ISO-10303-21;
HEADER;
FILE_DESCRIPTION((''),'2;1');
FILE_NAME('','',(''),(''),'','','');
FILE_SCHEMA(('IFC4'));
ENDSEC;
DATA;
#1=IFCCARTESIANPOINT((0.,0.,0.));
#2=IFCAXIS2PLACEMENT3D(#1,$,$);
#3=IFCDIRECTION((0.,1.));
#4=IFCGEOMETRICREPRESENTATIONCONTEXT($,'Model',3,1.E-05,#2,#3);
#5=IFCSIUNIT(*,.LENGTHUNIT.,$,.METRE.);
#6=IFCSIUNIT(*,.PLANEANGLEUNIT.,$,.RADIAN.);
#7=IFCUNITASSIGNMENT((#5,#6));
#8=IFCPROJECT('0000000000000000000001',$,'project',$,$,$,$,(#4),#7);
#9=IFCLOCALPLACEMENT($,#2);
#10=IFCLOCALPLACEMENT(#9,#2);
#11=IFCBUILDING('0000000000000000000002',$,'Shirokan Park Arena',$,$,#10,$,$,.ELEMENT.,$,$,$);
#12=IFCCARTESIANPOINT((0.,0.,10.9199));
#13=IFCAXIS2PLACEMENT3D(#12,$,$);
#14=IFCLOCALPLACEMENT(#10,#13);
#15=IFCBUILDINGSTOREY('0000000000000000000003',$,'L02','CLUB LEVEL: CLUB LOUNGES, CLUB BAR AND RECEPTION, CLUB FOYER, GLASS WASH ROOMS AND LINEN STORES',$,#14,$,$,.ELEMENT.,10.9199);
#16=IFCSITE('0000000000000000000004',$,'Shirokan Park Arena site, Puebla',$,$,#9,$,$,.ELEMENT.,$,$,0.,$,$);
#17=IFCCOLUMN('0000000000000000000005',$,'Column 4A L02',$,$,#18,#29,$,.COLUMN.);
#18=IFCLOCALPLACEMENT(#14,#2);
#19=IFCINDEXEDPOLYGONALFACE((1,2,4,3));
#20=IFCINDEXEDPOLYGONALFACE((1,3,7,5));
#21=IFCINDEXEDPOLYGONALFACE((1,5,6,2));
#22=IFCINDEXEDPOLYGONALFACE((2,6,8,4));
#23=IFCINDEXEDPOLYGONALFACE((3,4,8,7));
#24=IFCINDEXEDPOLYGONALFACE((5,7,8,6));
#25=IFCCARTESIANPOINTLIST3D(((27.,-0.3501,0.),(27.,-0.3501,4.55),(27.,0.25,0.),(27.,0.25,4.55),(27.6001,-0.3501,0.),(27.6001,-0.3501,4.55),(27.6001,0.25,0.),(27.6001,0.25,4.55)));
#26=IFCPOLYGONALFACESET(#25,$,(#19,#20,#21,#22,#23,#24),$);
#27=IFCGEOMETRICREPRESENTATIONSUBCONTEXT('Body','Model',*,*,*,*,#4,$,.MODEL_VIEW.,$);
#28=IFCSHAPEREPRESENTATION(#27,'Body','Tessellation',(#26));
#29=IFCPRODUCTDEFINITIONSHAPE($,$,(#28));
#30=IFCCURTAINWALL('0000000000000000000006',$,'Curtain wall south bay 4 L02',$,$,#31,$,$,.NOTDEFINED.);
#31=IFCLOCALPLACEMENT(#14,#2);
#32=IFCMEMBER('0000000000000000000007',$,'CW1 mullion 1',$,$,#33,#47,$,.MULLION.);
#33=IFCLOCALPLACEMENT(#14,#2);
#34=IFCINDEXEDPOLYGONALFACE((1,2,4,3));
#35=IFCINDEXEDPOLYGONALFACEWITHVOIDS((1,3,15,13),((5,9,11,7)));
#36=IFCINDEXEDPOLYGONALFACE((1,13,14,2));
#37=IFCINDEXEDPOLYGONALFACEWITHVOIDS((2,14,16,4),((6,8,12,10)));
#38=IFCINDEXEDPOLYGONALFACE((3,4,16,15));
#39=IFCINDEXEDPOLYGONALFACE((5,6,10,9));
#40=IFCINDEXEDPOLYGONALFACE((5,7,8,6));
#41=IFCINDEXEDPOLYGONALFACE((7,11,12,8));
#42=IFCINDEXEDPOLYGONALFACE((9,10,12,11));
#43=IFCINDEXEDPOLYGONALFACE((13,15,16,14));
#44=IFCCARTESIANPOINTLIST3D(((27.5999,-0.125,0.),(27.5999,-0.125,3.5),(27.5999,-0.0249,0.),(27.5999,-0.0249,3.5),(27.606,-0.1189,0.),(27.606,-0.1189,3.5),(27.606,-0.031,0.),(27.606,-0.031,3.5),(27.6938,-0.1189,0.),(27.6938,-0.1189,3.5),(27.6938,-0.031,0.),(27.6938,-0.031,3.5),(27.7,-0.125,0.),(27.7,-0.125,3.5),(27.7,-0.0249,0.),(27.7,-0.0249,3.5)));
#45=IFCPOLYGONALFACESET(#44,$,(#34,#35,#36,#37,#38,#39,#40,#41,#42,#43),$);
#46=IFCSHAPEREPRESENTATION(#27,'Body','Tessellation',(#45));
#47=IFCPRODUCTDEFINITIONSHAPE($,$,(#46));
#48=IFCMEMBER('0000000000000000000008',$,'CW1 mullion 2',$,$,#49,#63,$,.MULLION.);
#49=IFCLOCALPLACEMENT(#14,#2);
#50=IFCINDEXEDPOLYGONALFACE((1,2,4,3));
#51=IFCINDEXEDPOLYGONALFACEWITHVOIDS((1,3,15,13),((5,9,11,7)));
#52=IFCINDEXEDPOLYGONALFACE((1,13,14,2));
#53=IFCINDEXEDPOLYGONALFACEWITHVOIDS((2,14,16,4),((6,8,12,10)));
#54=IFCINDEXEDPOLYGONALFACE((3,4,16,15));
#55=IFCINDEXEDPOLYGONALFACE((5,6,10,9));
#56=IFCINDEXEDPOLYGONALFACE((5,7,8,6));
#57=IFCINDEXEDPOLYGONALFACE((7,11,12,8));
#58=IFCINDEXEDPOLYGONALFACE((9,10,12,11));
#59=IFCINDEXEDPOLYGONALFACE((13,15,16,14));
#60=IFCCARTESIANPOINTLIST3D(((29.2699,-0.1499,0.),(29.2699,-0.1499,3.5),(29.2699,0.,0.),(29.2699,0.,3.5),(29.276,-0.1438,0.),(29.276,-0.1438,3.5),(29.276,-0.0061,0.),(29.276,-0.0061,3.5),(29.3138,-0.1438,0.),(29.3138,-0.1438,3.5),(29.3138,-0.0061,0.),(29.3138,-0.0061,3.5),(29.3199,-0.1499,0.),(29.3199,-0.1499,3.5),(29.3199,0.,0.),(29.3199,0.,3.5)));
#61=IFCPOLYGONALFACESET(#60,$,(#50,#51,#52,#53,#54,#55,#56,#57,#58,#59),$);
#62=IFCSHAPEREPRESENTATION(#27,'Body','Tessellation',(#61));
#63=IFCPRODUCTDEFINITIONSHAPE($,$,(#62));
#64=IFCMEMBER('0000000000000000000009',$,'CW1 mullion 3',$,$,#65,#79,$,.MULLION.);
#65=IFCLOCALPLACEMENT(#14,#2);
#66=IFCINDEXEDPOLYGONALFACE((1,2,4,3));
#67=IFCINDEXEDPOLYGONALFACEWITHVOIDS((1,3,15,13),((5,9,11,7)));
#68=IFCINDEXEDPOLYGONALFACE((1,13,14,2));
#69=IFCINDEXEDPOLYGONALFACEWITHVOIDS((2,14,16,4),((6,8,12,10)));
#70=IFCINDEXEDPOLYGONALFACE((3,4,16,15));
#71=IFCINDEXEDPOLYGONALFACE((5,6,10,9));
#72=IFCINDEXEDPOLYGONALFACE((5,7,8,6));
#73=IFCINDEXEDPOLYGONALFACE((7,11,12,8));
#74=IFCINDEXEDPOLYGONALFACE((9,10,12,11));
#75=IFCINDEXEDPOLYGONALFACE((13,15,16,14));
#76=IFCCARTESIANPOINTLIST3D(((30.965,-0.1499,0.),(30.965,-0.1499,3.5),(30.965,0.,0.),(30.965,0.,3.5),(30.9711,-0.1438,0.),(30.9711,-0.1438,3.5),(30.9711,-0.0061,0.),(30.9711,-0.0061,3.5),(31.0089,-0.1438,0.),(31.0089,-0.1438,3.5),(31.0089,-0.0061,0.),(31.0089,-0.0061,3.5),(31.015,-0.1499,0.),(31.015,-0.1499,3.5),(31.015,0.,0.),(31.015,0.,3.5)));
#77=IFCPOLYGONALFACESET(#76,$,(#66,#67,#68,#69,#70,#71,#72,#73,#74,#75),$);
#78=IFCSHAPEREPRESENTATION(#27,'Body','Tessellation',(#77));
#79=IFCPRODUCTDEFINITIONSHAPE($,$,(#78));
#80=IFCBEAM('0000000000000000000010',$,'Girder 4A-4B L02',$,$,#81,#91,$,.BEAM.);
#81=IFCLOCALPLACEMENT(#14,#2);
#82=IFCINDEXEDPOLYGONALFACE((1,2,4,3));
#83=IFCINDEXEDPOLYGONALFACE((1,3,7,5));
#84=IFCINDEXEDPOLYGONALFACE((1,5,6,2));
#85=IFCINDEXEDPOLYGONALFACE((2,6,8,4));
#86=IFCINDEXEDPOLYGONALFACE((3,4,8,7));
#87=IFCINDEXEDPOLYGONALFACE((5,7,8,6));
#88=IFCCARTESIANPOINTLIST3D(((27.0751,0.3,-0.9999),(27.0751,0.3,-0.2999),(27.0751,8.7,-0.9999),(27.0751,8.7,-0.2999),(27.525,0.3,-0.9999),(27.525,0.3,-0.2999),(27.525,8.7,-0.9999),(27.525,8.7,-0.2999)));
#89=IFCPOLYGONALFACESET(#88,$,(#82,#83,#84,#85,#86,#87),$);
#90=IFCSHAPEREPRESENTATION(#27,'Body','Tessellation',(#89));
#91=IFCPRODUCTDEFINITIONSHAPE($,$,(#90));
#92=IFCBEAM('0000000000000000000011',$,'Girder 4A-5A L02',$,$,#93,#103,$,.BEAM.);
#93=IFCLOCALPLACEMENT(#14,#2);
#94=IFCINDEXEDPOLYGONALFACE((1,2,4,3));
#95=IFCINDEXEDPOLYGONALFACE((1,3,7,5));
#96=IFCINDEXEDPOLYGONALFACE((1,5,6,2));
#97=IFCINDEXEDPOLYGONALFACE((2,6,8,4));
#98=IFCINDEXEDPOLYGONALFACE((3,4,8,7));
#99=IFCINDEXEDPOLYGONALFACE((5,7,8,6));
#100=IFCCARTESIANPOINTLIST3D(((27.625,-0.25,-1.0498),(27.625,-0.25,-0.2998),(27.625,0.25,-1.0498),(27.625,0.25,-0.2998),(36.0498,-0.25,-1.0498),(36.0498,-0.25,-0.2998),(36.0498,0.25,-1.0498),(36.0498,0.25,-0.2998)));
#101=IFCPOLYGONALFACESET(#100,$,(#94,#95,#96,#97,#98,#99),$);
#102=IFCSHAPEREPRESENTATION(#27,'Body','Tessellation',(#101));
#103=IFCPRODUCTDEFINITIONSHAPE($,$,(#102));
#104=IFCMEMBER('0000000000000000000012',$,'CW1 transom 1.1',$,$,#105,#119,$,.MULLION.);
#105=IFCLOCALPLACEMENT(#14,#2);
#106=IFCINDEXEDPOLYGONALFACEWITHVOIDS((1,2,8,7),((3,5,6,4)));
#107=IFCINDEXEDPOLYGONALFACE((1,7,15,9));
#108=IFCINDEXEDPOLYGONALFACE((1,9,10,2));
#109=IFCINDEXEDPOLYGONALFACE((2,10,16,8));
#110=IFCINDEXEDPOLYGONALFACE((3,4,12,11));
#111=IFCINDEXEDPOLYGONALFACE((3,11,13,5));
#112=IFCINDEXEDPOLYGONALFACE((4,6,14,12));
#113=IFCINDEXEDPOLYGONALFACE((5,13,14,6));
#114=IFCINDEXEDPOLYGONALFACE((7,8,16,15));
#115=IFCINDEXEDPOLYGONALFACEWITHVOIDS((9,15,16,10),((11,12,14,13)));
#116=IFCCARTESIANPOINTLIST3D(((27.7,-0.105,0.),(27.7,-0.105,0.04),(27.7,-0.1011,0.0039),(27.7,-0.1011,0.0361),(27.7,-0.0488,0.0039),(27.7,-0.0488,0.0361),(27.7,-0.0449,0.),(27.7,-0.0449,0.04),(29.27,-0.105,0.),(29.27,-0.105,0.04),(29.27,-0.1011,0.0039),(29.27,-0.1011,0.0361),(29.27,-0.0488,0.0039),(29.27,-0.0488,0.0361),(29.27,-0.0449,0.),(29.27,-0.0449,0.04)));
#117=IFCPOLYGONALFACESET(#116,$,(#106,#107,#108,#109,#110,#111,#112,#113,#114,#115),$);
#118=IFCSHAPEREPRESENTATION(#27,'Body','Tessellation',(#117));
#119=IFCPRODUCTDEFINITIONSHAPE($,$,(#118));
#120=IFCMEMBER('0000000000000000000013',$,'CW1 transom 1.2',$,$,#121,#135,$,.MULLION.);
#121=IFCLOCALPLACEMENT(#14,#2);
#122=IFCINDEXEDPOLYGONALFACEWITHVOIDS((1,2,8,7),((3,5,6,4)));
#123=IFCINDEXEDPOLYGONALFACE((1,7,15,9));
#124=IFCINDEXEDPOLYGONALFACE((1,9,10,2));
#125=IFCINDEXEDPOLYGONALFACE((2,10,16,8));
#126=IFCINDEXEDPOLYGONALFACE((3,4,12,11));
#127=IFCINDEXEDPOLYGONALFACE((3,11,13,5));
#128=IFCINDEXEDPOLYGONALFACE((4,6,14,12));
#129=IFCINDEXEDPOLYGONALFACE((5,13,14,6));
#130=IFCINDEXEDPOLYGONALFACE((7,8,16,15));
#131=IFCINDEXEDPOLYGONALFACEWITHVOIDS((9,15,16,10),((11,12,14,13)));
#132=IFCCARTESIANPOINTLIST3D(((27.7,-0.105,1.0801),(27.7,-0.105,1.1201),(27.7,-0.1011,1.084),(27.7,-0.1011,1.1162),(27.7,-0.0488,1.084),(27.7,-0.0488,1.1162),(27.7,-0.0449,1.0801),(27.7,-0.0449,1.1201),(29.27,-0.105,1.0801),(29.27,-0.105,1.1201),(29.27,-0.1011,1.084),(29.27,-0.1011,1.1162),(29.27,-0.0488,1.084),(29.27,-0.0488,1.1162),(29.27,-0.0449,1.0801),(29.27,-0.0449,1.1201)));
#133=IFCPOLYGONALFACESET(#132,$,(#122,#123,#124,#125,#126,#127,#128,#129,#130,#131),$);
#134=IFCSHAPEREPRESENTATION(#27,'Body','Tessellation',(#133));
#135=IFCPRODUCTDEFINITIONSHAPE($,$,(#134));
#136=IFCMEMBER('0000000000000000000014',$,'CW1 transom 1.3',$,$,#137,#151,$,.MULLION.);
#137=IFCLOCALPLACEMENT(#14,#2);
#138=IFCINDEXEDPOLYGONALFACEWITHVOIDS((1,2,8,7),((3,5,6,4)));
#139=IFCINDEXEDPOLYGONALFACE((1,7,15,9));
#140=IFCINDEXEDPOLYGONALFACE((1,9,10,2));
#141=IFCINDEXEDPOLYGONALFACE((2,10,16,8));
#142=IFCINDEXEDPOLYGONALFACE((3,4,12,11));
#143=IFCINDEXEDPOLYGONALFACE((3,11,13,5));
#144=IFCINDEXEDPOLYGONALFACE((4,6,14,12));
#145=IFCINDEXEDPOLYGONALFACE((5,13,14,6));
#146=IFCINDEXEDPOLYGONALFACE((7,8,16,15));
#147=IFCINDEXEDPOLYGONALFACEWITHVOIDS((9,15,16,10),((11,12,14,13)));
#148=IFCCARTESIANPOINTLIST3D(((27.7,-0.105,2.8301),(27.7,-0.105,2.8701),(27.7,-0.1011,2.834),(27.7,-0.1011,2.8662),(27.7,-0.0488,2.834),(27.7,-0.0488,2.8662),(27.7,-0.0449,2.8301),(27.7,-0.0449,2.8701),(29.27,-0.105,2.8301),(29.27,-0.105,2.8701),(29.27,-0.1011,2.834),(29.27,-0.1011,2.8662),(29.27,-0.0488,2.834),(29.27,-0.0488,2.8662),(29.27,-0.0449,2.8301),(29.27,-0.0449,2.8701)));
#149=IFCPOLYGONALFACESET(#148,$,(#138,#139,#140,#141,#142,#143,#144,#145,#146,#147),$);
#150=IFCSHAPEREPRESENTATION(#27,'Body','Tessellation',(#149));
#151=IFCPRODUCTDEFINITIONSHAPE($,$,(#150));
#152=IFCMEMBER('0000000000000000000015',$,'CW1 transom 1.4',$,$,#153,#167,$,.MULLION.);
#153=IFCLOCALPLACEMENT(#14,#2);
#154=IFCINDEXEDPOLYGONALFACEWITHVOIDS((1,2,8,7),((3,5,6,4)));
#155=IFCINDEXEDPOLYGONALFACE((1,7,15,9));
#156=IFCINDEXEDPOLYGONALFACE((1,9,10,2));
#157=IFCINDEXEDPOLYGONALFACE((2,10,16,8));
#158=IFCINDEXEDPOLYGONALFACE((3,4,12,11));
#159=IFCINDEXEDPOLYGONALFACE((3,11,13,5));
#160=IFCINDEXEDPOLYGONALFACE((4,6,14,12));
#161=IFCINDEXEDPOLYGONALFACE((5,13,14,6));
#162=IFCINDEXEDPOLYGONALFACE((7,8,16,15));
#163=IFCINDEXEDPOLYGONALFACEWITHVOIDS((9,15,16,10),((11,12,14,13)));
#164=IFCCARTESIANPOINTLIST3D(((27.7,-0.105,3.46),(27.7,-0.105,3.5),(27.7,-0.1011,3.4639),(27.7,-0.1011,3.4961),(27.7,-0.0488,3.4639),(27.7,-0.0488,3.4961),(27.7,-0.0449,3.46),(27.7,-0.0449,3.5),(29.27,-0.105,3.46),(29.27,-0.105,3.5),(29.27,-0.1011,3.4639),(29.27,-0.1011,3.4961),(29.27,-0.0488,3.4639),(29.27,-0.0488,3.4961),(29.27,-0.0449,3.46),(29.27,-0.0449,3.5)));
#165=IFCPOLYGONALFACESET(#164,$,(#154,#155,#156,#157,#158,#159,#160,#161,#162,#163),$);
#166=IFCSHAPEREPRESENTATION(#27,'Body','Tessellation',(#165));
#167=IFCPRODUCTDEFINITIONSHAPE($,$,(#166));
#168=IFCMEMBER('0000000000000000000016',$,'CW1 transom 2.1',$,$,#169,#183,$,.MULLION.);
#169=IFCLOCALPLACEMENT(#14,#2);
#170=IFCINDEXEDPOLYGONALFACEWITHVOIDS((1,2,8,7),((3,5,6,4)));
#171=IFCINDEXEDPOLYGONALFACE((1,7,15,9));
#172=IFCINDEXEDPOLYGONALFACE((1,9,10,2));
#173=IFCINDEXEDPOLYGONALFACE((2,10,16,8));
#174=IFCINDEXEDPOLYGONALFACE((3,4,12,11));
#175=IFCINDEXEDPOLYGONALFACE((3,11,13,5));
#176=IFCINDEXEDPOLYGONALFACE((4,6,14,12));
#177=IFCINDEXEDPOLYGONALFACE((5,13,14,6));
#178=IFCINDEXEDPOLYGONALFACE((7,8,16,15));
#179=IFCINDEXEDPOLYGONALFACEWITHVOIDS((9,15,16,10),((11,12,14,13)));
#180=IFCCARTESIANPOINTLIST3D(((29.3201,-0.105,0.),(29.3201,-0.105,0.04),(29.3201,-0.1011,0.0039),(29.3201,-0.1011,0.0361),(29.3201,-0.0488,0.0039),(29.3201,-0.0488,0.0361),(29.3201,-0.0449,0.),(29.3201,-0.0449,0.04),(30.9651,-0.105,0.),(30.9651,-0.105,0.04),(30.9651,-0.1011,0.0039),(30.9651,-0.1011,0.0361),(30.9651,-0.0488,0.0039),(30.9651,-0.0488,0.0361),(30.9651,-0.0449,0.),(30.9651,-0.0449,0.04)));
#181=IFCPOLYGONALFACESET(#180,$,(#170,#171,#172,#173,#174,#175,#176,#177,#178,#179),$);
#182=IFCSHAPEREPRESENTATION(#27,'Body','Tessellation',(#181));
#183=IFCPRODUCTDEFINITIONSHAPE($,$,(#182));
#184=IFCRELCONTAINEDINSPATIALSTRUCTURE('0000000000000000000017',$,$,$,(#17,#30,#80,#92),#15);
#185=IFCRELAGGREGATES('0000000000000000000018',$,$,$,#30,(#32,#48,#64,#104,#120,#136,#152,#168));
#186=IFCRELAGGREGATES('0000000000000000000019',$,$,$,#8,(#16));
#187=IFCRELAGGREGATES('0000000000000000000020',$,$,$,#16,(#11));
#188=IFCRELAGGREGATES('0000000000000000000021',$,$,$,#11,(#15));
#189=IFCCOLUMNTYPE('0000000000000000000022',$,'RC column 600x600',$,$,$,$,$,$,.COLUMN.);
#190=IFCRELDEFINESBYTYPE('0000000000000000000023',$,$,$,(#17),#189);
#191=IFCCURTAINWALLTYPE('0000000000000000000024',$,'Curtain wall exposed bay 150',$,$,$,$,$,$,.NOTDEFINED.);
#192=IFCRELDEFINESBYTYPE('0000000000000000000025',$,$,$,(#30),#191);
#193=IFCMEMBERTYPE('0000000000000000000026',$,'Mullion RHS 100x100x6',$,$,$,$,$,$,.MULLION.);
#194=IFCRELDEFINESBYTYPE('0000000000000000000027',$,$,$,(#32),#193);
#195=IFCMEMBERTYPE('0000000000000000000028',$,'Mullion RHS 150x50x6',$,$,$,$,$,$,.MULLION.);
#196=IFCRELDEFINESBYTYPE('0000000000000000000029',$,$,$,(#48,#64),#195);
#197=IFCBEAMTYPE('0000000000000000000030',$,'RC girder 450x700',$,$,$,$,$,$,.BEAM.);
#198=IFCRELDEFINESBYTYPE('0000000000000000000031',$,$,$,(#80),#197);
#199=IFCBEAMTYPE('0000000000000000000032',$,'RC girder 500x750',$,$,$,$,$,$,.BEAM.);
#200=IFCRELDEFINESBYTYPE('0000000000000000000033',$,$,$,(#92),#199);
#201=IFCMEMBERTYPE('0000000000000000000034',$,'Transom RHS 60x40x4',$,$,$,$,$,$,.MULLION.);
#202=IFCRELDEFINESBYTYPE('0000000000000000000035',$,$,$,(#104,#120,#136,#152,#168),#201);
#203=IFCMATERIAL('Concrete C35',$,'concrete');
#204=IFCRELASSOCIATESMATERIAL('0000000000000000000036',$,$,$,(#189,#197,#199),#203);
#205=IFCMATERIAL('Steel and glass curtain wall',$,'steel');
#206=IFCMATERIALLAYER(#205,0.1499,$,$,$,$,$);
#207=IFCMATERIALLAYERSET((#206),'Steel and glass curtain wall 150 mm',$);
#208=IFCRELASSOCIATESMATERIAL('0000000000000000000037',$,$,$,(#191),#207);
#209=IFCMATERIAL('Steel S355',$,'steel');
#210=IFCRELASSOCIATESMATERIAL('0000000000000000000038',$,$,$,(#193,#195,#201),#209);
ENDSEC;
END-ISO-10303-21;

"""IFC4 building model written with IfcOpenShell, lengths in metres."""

from ifc_helpers import new_model, si_unit, direction, frame, origin, origin_2d, place, context, subcontext, project, spatial, rectangle, hollow_rectangle, extrude, material, layer, layer_set, material_profile, profile_set, type_object, element, aggregate, save


model = new_model("IFC4")

# Units and contexts
model_context = context("Model", 3, precision=1e-05, world=origin(), true_north=direction((0.0, 1.0)))
body_context = subcontext(model_context, "Body", "Model", "MODEL_VIEW")
ifc_project = project(units=[si_unit("LENGTHUNIT", "METRE"), si_unit("PLANEANGLEUNIT", "RADIAN")], contexts=[model_context])

# Site, building, storey
site_placement = place(None, origin())
site = spatial("IfcSite", under=ifc_project, at=site_placement, Name="Shirokan Park Arena site, Puebla", CompositionType="ELEMENT", RefElevation=0.0)
building_placement = place(site_placement, origin())
building = spatial("IfcBuilding", under=site, at=building_placement, Name="Shirokan Park Arena", CompositionType="ELEMENT")
storey_placement = place(building_placement, frame((0.0, 0.0, 10.9199)))
storey = spatial("IfcBuildingStorey", under=building, at=storey_placement, Name="L02", Description="CLUB LEVEL: CLUB LOUNGES, CLUB BAR AND RECEPTION, CLUB FOYER, GLASS WASH ROOMS AND LINEN STORES", CompositionType="ELEMENT", Elevation=10.9199)

# Column
ifc_material_1 = material(Name="Concrete C35", Category="concrete")
ifc_material_profile_1 = material_profile(ifc_material_1, rectangle(XDim=0.6001, YDim=0.6001, at=origin_2d()), Name="600x600")
ifc_profile_set_1 = profile_set([ifc_material_profile_1], Name="Concrete C35")
column_type = type_object("IfcColumnType", Name="RC column 600x600", PredefinedType="COLUMN", material=ifc_profile_set_1)
column_placement = place(storey_placement, frame((27.3, -0.05, 0.0), z_axis=(0.0, 0.0, 1.0), x_axis=(1.0, 0.0, 0.0)))
element("IfcColumn", 1, at=column_placement, inside=storey, type_object=column_type, Name="Column 4A L02", PredefinedType="COLUMN", context=body_context, shape_type="SweptSolid", body=[
    extrude(rectangle(XDim=0.6001, YDim=0.6001, at=origin_2d()), origin(), (0.0, 0.0, 1.0), 4.55),
])

# Curtain wall, members
ifc_material_2 = material(Name="Steel and glass curtain wall", Category="steel")
ifc_layer_1 = layer(ifc_material_2, 0.1499)
ifc_layer_set_1 = layer_set([ifc_layer_1], Name="Steel and glass curtain wall 150 mm")
curtain_wall_type = type_object("IfcCurtainWallType", Name="Curtain wall exposed bay 150", PredefinedType="NOTDEFINED", material=ifc_layer_set_1)
curtain_wall_placement = place(storey_placement, origin())
curtain_wall = element("IfcCurtainWall", 2, at=curtain_wall_placement, inside=storey, type_object=curtain_wall_type, Name="Curtain wall south bay 4 L02", PredefinedType="NOTDEFINED")
ifc_material_3 = material(Name="Steel S355", Category="steel")
ifc_material_profile_2 = material_profile(ifc_material_3, hollow_rectangle(XDim=0.1001, YDim=0.1001, WallThickness=0.0061, at=origin_2d()), Name="RHS 100x100x6")
ifc_profile_set_2 = profile_set([ifc_material_profile_2], Name="Steel S355")
member_type_1 = type_object("IfcMemberType", Name="Mullion RHS 100x100x6", PredefinedType="MULLION", material=ifc_profile_set_2)
member_1_placement = place(storey_placement, frame((27.6499, -0.075, 0.0), z_axis=(0.0, 0.0, 1.0), x_axis=(0.0, 1.0, 0.0)))
member_1 = element("IfcMember", 3, at=member_1_placement, type_object=member_type_1, Name="CW1 mullion 1", PredefinedType="MULLION", context=body_context, shape_type="SweptSolid", body=[
    extrude(hollow_rectangle(XDim=0.1001, YDim=0.1001, WallThickness=0.0061, at=origin_2d()), origin(), (0.0, 0.0, 1.0), 3.5),
])
ifc_material_profile_3 = material_profile(ifc_material_3, hollow_rectangle(XDim=0.1499, YDim=0.05, WallThickness=0.0061, at=origin_2d()), Name="RHS 150x50x6")
ifc_profile_set_3 = profile_set([ifc_material_profile_3], Name="Steel S355")
member_type_2 = type_object("IfcMemberType", Name="Mullion RHS 150x50x6", PredefinedType="MULLION", material=ifc_profile_set_3)
member_2_placement = place(storey_placement, frame((29.2949, -0.075, 0.0), z_axis=(0.0, 0.0, 1.0), x_axis=(0.0, 1.0, 0.0)))
member_2 = element("IfcMember", 4, at=member_2_placement, type_object=member_type_2, Name="CW1 mullion 2", PredefinedType="MULLION", context=body_context, shape_type="SweptSolid", body=[
    extrude(hollow_rectangle(XDim=0.1499, YDim=0.05, WallThickness=0.0061, at=origin_2d()), origin(), (0.0, 0.0, 1.0), 3.5),
])
member_3_placement = place(storey_placement, frame((30.99, -0.075, 0.0), z_axis=(0.0, 0.0, 1.0), x_axis=(0.0, 1.0, 0.0)))
member_3 = element("IfcMember", 5, at=member_3_placement, type_object=member_type_2, Name="CW1 mullion 3", PredefinedType="MULLION", context=body_context, shape_type="SweptSolid", body=[
    extrude(hollow_rectangle(XDim=0.1499, YDim=0.05, WallThickness=0.0061, at=origin_2d()), origin(), (0.0, 0.0, 1.0), 3.5),
])

# Beams
ifc_material_profile_4 = material_profile(ifc_material_1, rectangle(XDim=0.45, YDim=0.7, at=origin_2d()), Name="450x700")
ifc_profile_set_4 = profile_set([ifc_material_profile_4], Name="Concrete C35")
beam_type_1 = type_object("IfcBeamType", Name="RC girder 450x700", PredefinedType="BEAM", material=ifc_profile_set_4)
beam_1_placement = place(storey_placement, frame((27.3, 0.3, -0.6499), z_axis=(0.0, 1.0, 0.0), x_axis=(-1.0, 0.0, 0.0)))
element("IfcBeam", 6, at=beam_1_placement, inside=storey, type_object=beam_type_1, Name="Girder 4A-4B L02", PredefinedType="BEAM", context=body_context, shape_type="SweptSolid", body=[
    extrude(rectangle(XDim=0.45, YDim=0.7, at=origin_2d()), origin(), (0.0, 0.0, 1.0), 8.3999),
])
ifc_material_profile_5 = material_profile(ifc_material_1, rectangle(XDim=0.5, YDim=0.75, at=origin_2d()), Name="500x750")
ifc_profile_set_5 = profile_set([ifc_material_profile_5], Name="Concrete C35")
beam_type_2 = type_object("IfcBeamType", Name="RC girder 500x750", PredefinedType="BEAM", material=ifc_profile_set_5)
beam_2_placement = place(storey_placement, frame((27.625, 0.0, -0.6748), z_axis=(1.0, 0.0, 0.0), x_axis=(0.0, 1.0, 0.0)))
element("IfcBeam", 7, at=beam_2_placement, inside=storey, type_object=beam_type_2, Name="Girder 4A-5A L02", PredefinedType="BEAM", context=body_context, shape_type="SweptSolid", body=[
    extrude(rectangle(XDim=0.5, YDim=0.75, at=origin_2d()), origin(), (0.0, 0.0, 1.0), 8.4248),
])

# Members
ifc_material_profile_6 = material_profile(ifc_material_3, hollow_rectangle(XDim=0.0601, YDim=0.04, WallThickness=0.0039, at=origin_2d()), Name="RHS 60x40x4")
ifc_profile_set_6 = profile_set([ifc_material_profile_6], Name="Steel S355")
member_type_3 = type_object("IfcMemberType", Name="Transom RHS 60x40x4", PredefinedType="MULLION", material=ifc_profile_set_6)
member_4_placement = place(storey_placement, frame((27.7, -0.075, 0.02), z_axis=(1.0, 0.0, 0.0), x_axis=(0.0, 1.0, 0.0)))
member_4 = element("IfcMember", 8, at=member_4_placement, type_object=member_type_3, Name="CW1 transom 1.1", PredefinedType="MULLION", context=body_context, shape_type="SweptSolid", body=[
    extrude(hollow_rectangle(XDim=0.0601, YDim=0.04, WallThickness=0.0039, at=origin_2d()), origin(), (0.0, 0.0, 1.0), 1.5701),
])
member_5_placement = place(storey_placement, frame((27.7, -0.075, 1.1001), z_axis=(1.0, 0.0, 0.0), x_axis=(0.0, 1.0, 0.0)))
member_5 = element("IfcMember", 9, at=member_5_placement, type_object=member_type_3, Name="CW1 transom 1.2", PredefinedType="MULLION", context=body_context, shape_type="SweptSolid", body=[
    extrude(hollow_rectangle(XDim=0.0601, YDim=0.04, WallThickness=0.0039, at=origin_2d()), origin(), (0.0, 0.0, 1.0), 1.5701),
])
member_6_placement = place(storey_placement, frame((27.7, -0.075, 2.8501), z_axis=(1.0, 0.0, 0.0), x_axis=(0.0, 1.0, 0.0)))
member_6 = element("IfcMember", 10, at=member_6_placement, type_object=member_type_3, Name="CW1 transom 1.3", PredefinedType="MULLION", context=body_context, shape_type="SweptSolid", body=[
    extrude(hollow_rectangle(XDim=0.0601, YDim=0.04, WallThickness=0.0039, at=origin_2d()), origin(), (0.0, 0.0, 1.0), 1.5701),
])
member_7_placement = place(storey_placement, frame((27.7, -0.075, 3.48), z_axis=(1.0, 0.0, 0.0), x_axis=(0.0, 1.0, 0.0)))
member_7 = element("IfcMember", 11, at=member_7_placement, type_object=member_type_3, Name="CW1 transom 1.4", PredefinedType="MULLION", context=body_context, shape_type="SweptSolid", body=[
    extrude(hollow_rectangle(XDim=0.0601, YDim=0.04, WallThickness=0.0039, at=origin_2d()), origin(), (0.0, 0.0, 1.0), 1.5701),
])
member_8_placement = place(storey_placement, frame((29.3201, -0.075, 0.02), z_axis=(1.0, 0.0, 0.0), x_axis=(0.0, 1.0, 0.0)))
member_8 = element("IfcMember", 12, at=member_8_placement, type_object=member_type_3, Name="CW1 transom 2.1", PredefinedType="MULLION", context=body_context, shape_type="SweptSolid", body=[
    extrude(hollow_rectangle(XDim=0.0601, YDim=0.04, WallThickness=0.0039, at=origin_2d()), origin(), (0.0, 0.0, 1.0), 1.645),
])

aggregate(curtain_wall, [member_1, member_2, member_3, member_4, member_5, member_6, member_7, member_8])

save(model, "model.ifc")
